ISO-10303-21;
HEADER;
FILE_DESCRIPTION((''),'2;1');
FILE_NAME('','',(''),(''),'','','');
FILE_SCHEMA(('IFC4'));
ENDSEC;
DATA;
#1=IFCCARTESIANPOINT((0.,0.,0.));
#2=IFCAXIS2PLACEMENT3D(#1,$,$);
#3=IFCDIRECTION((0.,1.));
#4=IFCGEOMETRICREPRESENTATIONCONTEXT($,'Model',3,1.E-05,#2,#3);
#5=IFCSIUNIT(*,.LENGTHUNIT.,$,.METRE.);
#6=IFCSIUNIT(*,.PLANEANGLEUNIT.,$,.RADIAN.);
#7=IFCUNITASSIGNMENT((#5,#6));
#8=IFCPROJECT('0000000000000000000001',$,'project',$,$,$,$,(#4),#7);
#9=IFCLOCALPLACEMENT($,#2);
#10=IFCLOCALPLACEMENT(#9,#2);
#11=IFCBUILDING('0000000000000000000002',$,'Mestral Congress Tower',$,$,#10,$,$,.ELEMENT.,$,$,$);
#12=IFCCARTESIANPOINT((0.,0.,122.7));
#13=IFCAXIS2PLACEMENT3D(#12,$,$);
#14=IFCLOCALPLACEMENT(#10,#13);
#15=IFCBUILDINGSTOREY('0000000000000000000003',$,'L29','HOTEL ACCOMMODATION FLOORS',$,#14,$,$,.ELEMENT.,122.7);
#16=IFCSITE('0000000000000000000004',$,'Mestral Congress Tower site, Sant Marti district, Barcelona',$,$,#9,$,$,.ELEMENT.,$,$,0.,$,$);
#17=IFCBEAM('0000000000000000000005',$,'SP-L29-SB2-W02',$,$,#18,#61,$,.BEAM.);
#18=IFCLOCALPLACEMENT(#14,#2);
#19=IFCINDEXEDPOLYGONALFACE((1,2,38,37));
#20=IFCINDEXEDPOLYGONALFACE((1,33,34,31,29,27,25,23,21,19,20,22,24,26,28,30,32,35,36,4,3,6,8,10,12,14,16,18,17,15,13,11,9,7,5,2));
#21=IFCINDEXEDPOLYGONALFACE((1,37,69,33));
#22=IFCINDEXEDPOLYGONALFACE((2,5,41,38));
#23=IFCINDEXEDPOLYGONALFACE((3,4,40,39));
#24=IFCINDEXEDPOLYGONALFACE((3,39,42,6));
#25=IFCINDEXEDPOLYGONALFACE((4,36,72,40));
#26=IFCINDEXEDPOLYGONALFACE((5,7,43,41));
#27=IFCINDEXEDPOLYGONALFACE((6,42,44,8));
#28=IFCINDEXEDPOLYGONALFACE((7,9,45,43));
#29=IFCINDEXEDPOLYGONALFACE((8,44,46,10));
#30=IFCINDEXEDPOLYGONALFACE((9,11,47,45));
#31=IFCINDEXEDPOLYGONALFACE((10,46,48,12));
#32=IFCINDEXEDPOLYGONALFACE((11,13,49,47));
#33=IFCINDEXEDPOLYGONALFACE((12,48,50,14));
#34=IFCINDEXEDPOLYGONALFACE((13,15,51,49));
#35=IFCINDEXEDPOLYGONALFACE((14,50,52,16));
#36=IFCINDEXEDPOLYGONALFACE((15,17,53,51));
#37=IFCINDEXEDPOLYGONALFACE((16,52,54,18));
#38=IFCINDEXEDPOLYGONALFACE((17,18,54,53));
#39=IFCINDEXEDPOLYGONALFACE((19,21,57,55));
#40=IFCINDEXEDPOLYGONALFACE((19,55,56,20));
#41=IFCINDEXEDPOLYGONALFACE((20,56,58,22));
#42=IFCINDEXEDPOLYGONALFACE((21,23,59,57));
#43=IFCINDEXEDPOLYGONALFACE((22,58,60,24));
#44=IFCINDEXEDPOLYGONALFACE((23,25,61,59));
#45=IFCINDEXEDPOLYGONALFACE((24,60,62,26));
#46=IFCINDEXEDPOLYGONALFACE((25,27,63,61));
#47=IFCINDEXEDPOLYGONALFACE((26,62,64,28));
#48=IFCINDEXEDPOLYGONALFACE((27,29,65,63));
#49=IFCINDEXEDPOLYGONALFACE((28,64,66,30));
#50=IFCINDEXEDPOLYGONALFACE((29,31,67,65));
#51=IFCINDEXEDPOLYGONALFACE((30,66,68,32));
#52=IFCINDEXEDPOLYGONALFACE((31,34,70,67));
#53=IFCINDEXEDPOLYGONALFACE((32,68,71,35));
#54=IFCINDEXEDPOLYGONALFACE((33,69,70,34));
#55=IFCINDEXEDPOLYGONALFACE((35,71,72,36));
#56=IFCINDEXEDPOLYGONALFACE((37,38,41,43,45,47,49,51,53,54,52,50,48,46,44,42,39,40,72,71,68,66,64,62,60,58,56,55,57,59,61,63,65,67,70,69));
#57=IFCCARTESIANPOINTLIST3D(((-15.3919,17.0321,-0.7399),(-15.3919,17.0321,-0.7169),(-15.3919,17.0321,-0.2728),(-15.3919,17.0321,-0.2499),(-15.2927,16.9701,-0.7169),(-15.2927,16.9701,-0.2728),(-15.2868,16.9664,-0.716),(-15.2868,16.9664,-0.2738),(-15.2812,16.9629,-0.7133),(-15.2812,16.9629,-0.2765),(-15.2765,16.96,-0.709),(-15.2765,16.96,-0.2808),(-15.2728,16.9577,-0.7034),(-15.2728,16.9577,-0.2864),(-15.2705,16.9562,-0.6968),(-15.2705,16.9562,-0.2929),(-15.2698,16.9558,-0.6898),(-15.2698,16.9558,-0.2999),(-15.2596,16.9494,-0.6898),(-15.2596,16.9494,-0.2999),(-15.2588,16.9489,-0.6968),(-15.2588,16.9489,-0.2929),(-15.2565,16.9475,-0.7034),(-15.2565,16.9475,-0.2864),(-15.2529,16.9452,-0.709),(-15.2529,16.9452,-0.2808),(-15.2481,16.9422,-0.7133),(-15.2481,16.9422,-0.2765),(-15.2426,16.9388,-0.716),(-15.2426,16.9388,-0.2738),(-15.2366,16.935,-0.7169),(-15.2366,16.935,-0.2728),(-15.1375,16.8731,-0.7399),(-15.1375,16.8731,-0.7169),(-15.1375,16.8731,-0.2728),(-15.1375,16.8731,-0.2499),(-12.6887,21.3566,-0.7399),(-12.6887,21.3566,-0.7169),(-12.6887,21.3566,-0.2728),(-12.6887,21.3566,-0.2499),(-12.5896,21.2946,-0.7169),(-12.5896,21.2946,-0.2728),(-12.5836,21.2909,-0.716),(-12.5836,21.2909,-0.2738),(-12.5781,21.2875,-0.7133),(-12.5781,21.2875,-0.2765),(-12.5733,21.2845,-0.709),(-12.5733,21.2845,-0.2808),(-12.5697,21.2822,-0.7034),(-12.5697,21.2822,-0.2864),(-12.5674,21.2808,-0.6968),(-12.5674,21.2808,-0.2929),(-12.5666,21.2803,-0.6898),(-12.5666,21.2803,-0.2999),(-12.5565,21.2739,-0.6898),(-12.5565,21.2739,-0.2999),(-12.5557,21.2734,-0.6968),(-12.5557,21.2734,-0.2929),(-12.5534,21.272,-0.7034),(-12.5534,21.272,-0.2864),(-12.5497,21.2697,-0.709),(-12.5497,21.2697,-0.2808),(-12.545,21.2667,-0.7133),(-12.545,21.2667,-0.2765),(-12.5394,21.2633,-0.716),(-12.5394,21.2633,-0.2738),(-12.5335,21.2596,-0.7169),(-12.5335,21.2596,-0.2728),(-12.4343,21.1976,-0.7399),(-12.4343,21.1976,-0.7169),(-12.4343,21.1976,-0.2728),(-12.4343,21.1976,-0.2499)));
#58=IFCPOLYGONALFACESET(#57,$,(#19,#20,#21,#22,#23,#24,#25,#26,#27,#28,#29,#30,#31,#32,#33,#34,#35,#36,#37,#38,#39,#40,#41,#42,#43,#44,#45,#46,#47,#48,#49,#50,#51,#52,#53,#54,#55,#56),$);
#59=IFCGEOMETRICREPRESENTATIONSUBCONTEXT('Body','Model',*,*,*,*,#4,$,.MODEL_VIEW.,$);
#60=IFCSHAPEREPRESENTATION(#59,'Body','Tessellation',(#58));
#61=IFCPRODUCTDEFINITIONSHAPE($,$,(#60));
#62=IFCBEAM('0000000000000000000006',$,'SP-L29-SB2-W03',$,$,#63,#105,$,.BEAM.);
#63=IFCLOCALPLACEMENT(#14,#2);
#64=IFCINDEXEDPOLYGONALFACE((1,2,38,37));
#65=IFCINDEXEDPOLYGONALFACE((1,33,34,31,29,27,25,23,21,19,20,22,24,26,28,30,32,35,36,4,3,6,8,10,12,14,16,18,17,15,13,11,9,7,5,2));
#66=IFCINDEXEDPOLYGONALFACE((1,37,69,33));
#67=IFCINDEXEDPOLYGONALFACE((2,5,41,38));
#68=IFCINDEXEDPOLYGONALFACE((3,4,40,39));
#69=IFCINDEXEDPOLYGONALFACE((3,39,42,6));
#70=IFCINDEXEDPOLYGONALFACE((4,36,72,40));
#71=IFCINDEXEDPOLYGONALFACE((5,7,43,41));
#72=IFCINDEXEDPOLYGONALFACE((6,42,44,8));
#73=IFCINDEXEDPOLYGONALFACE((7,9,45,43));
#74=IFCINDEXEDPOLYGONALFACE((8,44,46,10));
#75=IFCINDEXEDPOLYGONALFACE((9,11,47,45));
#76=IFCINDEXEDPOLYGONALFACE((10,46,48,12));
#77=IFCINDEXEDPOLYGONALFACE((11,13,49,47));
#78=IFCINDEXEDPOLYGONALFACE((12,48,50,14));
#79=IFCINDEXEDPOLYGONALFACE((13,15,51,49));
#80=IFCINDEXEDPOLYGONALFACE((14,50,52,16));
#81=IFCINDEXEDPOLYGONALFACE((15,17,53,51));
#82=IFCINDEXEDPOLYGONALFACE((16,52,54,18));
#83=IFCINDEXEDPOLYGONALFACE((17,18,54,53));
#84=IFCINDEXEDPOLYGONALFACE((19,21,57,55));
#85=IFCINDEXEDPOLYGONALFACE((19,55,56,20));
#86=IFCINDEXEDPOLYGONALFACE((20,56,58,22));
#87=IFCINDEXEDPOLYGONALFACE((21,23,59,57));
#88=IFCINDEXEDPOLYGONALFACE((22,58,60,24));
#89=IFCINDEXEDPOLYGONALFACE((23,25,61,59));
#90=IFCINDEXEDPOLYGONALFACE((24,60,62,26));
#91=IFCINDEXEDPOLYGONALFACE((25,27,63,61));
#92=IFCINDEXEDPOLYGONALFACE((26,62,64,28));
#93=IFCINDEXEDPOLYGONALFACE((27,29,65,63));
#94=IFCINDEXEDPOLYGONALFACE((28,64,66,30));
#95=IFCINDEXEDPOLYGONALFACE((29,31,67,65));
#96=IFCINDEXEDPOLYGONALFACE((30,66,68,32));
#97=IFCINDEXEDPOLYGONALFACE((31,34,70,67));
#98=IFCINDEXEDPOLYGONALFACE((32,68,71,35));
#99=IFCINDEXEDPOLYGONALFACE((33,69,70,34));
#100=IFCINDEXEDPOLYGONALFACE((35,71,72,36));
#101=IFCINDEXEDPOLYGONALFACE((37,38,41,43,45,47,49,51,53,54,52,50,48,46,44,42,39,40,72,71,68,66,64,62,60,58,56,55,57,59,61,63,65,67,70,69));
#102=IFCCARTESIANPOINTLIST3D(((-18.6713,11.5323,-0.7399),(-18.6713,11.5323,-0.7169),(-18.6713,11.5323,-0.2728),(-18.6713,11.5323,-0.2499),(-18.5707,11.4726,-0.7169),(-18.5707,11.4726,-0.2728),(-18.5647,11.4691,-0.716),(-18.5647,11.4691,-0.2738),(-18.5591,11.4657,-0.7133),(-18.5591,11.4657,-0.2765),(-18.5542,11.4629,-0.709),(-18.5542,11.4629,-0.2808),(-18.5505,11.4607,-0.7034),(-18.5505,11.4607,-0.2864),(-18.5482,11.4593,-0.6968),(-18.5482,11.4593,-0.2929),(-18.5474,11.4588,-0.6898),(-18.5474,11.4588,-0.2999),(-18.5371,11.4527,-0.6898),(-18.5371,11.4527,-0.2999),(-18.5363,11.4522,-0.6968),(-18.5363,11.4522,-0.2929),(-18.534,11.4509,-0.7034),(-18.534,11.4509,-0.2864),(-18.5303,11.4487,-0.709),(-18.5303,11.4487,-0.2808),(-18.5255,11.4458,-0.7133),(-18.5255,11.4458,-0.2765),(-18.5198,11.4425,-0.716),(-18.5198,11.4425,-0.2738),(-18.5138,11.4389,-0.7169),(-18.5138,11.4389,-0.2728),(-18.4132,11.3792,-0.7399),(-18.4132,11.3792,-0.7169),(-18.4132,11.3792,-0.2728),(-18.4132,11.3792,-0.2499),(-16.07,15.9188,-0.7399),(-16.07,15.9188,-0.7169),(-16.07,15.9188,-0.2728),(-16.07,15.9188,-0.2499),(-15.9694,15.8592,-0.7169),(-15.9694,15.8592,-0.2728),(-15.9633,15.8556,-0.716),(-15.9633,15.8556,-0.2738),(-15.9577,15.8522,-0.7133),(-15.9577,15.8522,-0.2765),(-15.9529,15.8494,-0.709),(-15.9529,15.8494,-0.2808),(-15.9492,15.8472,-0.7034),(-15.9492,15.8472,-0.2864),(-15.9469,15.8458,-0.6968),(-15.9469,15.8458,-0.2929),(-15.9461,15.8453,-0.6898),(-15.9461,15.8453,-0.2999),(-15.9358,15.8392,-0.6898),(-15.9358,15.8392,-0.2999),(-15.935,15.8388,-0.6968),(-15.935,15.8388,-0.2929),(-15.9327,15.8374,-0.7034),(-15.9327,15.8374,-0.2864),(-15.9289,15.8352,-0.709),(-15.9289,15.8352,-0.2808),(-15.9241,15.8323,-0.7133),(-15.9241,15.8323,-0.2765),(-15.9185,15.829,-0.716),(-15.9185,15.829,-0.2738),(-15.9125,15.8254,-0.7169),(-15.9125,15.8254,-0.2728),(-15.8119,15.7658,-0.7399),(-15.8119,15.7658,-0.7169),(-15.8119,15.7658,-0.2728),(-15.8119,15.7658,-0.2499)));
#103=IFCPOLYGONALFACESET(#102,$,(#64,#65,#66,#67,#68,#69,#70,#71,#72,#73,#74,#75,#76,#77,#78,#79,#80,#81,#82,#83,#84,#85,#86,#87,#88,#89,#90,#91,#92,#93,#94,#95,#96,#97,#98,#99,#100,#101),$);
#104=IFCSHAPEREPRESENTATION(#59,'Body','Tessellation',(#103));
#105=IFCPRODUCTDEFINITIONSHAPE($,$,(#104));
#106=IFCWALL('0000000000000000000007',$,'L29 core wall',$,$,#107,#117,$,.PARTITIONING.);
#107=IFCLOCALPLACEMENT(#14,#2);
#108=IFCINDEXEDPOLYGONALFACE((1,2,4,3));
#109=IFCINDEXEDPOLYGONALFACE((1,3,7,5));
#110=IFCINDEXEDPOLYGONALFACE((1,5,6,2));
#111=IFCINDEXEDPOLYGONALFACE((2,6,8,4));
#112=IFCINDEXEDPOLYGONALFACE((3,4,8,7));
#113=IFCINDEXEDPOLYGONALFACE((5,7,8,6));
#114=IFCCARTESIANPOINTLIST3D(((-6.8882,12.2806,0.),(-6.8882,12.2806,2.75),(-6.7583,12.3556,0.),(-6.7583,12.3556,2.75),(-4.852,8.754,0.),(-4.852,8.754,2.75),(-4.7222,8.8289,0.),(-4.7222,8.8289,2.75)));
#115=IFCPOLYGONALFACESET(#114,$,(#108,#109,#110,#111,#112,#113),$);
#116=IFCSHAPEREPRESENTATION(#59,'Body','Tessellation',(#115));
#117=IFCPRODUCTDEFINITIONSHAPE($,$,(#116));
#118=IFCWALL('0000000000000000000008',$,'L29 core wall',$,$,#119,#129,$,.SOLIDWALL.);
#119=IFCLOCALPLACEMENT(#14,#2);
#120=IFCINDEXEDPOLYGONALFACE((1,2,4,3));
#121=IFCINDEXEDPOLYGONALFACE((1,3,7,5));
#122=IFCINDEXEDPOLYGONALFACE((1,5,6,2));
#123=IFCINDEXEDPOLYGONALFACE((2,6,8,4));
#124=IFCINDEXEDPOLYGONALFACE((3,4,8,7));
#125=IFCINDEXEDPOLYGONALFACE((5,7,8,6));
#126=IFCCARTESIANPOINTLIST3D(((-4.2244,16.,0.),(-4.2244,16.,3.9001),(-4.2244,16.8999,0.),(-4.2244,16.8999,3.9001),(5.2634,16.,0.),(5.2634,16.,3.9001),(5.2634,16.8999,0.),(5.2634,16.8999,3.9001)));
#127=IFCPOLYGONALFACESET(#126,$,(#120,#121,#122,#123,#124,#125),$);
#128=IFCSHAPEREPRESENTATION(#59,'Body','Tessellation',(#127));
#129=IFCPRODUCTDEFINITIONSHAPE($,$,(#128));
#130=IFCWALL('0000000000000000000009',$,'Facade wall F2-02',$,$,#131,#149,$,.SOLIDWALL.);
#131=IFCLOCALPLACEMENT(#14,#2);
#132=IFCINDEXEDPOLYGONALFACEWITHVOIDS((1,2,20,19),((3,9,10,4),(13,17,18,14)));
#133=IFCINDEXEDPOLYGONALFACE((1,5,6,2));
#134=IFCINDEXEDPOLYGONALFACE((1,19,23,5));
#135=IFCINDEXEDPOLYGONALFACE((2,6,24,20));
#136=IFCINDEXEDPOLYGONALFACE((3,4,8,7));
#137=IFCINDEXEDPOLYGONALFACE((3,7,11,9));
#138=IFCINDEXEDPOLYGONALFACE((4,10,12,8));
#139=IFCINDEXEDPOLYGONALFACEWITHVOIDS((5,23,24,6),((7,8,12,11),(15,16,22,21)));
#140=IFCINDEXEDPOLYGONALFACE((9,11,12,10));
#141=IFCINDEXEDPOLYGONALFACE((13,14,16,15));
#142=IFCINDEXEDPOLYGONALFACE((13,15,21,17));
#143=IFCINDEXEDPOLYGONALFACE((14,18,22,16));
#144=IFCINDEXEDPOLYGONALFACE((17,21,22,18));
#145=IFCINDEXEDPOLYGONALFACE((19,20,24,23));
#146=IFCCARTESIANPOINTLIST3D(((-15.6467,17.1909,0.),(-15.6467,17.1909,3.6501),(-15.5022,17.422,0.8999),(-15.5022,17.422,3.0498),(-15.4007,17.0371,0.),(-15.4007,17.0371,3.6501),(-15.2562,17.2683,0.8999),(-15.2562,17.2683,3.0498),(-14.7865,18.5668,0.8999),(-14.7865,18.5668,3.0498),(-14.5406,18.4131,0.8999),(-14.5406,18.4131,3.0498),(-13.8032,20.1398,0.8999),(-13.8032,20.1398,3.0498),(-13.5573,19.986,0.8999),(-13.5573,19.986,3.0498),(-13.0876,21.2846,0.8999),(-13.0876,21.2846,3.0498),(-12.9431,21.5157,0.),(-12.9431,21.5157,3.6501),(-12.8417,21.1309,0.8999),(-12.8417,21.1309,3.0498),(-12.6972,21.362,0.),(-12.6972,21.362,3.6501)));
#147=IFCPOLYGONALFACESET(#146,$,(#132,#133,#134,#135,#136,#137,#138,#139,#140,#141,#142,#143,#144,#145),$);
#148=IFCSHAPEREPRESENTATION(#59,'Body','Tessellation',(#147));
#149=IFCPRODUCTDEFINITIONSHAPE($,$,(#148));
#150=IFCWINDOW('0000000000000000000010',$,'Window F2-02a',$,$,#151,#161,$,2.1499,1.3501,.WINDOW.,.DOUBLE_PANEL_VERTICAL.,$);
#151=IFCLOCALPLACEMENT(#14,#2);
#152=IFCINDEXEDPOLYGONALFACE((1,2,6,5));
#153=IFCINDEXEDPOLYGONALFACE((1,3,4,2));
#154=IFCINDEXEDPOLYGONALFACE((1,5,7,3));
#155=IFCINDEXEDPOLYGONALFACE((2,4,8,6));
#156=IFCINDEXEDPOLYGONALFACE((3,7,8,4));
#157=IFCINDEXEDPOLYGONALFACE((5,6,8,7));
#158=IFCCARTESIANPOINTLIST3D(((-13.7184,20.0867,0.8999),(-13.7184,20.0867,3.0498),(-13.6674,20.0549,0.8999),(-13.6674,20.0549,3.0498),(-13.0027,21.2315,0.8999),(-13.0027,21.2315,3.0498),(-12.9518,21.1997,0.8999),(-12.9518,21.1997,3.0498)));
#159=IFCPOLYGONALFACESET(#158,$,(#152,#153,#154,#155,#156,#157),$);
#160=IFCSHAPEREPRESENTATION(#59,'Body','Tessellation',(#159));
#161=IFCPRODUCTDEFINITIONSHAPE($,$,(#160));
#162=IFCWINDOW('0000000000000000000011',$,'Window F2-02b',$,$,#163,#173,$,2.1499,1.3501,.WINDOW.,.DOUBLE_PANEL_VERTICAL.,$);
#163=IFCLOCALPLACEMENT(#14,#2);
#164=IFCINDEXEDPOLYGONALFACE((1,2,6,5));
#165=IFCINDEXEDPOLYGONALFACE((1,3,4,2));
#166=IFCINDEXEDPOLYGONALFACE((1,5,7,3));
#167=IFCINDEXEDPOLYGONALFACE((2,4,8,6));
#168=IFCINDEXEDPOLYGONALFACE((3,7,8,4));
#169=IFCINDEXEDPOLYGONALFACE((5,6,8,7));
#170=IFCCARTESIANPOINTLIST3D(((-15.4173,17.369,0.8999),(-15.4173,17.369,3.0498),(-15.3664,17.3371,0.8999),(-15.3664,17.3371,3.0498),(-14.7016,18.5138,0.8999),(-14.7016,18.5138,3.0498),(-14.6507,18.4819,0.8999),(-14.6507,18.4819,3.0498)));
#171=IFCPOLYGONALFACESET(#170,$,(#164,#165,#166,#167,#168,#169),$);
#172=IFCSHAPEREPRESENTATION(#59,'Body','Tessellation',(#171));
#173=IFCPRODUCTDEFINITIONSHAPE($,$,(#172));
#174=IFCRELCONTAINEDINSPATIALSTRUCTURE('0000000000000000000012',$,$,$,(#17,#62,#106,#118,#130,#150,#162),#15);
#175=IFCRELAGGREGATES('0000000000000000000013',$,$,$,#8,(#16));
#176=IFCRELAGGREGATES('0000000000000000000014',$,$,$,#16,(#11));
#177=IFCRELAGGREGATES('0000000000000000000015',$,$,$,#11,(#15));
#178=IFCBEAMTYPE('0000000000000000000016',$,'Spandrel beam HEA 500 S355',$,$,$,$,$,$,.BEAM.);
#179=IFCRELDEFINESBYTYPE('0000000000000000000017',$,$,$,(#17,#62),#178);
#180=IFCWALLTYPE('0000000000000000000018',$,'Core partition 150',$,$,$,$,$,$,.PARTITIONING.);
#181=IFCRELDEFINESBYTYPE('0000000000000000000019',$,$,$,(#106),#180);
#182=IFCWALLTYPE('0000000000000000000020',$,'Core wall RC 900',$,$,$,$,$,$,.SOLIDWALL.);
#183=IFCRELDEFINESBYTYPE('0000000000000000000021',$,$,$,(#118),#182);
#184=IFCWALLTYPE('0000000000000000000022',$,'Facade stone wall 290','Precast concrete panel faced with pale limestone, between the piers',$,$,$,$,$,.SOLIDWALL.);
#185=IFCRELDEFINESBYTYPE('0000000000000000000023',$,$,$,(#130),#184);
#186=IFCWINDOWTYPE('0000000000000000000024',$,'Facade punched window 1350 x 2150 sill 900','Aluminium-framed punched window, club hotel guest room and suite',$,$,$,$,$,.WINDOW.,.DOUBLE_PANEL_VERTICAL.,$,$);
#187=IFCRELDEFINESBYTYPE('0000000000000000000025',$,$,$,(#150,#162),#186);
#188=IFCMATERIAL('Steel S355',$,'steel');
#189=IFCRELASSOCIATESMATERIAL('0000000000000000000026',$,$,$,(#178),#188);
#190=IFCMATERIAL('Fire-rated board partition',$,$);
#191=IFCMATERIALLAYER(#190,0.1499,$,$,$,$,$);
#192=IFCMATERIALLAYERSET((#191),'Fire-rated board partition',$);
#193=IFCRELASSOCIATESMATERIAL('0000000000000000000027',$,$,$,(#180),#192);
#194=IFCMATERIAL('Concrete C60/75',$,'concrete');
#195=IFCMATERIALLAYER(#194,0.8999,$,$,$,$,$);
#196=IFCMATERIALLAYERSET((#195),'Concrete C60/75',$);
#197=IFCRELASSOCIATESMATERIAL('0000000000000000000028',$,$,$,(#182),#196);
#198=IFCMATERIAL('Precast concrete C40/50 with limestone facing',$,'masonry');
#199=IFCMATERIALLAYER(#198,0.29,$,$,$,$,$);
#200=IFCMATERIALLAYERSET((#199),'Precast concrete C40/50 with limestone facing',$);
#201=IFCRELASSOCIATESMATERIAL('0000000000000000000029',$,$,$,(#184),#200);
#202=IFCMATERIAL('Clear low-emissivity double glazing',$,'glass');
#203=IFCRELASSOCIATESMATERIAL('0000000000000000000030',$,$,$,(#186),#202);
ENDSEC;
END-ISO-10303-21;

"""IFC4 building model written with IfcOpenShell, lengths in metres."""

from ifc_helpers import new_model, si_unit, direction, frame, frame_2d, origin, origin_2d, place, context, subcontext, project, spatial, rectangle, i_section, extrude, material, layer, layer_set, material_profile, profile_set, type_object, element, fill, save


model = new_model("IFC4")

# Units and contexts
model_context = context("Model", 3, precision=1e-05, world=origin(), true_north=direction((0.0, 1.0)))
body_context = subcontext(model_context, "Body", "Model", "MODEL_VIEW")
ifc_project = project(units=[si_unit("LENGTHUNIT", "METRE"), si_unit("PLANEANGLEUNIT", "RADIAN")], contexts=[model_context])

# Site, building, storey
site_placement = place(None, origin())
site = spatial("IfcSite", under=ifc_project, at=site_placement, Name="Mestral Congress Tower site, Sant Marti district, Barcelona", CompositionType="ELEMENT", RefElevation=0.0)
building_placement = place(site_placement, origin())
building = spatial("IfcBuilding", under=site, at=building_placement, Name="Mestral Congress Tower", CompositionType="ELEMENT")
storey_placement = place(building_placement, frame((0.0, 0.0, 122.7)))
storey = spatial("IfcBuildingStorey", under=building, at=storey_placement, Name="L29", Description="HOTEL ACCOMMODATION FLOORS", CompositionType="ELEMENT", Elevation=122.7)

# Beams
ifc_material_1 = material(Name="Steel S355", Category="steel")
ifc_material_profile_1 = material_profile(ifc_material_1, i_section(OverallWidth=0.3, OverallDepth=0.49, WebThickness=0.012, FlangeThickness=0.0229, FilletRadius=0.0271, at=origin_2d()), Name="HEA 500")
ifc_profile_set_1 = profile_set([ifc_material_profile_1], Name="Steel S355")
beam_type_1 = type_object("IfcBeamType", Name="Spandrel beam HEA 500 S355", PredefinedType="BEAM", material=ifc_profile_set_1)
for number, where, z_axis, x_axis, name in (
    (1, (-12.5615, 21.2771, -0.4949), (-0.530046, -0.847969, 0.0), (0.847969, -0.530046, 0.0), "SP-L29-SB2-W02"),
    (2, (-15.9409, 15.8423, -0.4949), (-0.510082, -0.860126, 0.0), (0.860126, -0.510082, 0.0), "SP-L29-SB2-W03"),
):
    element("IfcBeam", number, at=place(storey_placement, frame(where, z_axis=z_axis, x_axis=x_axis)), inside=storey, type_object=beam_type_1, Name=name, PredefinedType="BEAM", context=body_context, shape_type="SweptSolid", body=[
        extrude(i_section(OverallWidth=0.3, OverallDepth=0.49, WebThickness=0.012, FlangeThickness=0.0229, FilletRadius=0.0271, at=origin_2d()), origin(), (0.0, 0.0, 1.0), 5.0999),
    ])

# Walls
ifc_material_2 = material(Name="Fire-rated board partition")
ifc_layer_1 = layer(ifc_material_2, 0.1499)
ifc_layer_set_1 = layer_set([ifc_layer_1], Name="Fire-rated board partition")
wall_type_1 = type_object("IfcWallType", Name="Core partition 150", PredefinedType="PARTITIONING", material=ifc_layer_set_1)
wall_1_placement = place(storey_placement, frame((-6.8232, 12.3181, 0.0), z_axis=(0.0, 0.0, 1.0), x_axis=(0.500008, -0.866021, 0.0)))
element("IfcWall", 3, at=wall_1_placement, inside=storey, type_object=wall_type_1, Name="L29 core wall", PredefinedType="PARTITIONING", context=body_context, shape_type="SweptSolid", body=[
    extrude(rectangle(XDim=4.0723, YDim=0.1499, at=frame_2d((2.0361, 0.0))), origin(), (0.0, 0.0, 1.0), 2.75),
])
ifc_material_3 = material(Name="Concrete C60/75", Category="concrete")
ifc_layer_2 = layer(ifc_material_3, 0.8999)
ifc_layer_set_2 = layer_set([ifc_layer_2], Name="Concrete C60/75")
wall_type_2 = type_object("IfcWallType", Name="Core wall RC 900", PredefinedType="SOLIDWALL", material=ifc_layer_set_2)
wall_2_placement = place(storey_placement, frame((-4.2244, 16.45, 0.0), z_axis=(0.0, 0.0, 1.0), x_axis=(1.0, 0.0, 0.0)))
element("IfcWall", 4, at=wall_2_placement, inside=storey, type_object=wall_type_2, Name="L29 core wall", PredefinedType="SOLIDWALL", context=body_context, shape_type="SweptSolid", body=[
    extrude(rectangle(XDim=9.4878, YDim=0.8999, at=frame_2d((4.7439, 0.0))), origin(), (0.0, 0.0, 1.0), 3.9001),
])

# Wall, openings, windows
ifc_material_4 = material(Name="Precast concrete C40/50 with limestone facing", Category="masonry")
ifc_layer_3 = layer(ifc_material_4, 0.29)
ifc_layer_set_3 = layer_set([ifc_layer_3], Name="Precast concrete C40/50 with limestone facing")
wall_type_3 = type_object("IfcWallType", Name="Facade stone wall 290", Description="Precast concrete panel faced with pale limestone, between the piers", PredefinedType="SOLIDWALL", material=ifc_layer_set_3)
wall_3_placement = place(storey_placement, frame((-12.8201, 21.439, 0.0), z_axis=(0.0, 0.0, 1.0), x_axis=(-0.530072, -0.847953, 0.0)))
wall_3 = element("IfcWall", 5, at=wall_3_placement, inside=storey, type_object=wall_type_3, Name="Facade wall F2-02", PredefinedType="SOLIDWALL", context=body_context, shape_type="SweptSolid", body=[
    extrude(rectangle(XDim=5.1003, YDim=0.29, at=frame_2d((2.5503, 0.0))), origin(), (0.0, 0.0, 1.0), 3.6501),
])
opening_1_placement = place(wall_3_placement, frame((0.2727, 0.0, 0.8999)))
opening_1 = element("IfcOpeningElement", 6, at=opening_1_placement, cuts=wall_3, PredefinedType="OPENING", context=body_context, shape_type="SweptSolid", body=[
    extrude(rectangle(XDim=1.3501, YDim=2.1499, at=frame_2d((0.675, 1.075))), frame((0.0, 0.155, 0.0), z_axis=(0.0, -1.0, 0.0), x_axis=(1.0, 0.0, 0.0)), (0.0, 0.0, 1.0), 0.3101),
])
opening_2_placement = place(wall_3_placement, frame((3.4778, 0.0, 0.8999)))
opening_2 = element("IfcOpeningElement", 7, at=opening_2_placement, cuts=wall_3, PredefinedType="OPENING", context=body_context, shape_type="SweptSolid", body=[
    extrude(rectangle(XDim=1.3501, YDim=2.1499, at=frame_2d((0.675, 1.075))), frame((0.0, 0.155, 0.0), z_axis=(0.0, -1.0, 0.0), x_axis=(1.0, 0.0, 0.0)), (0.0, 0.0, 1.0), 0.3101),
])
ifc_material_5 = material(Name="Clear low-emissivity double glazing", Category="glass")
window_type = type_object("IfcWindowType", Name="Facade punched window 1350 x 2150 sill 900", Description="Aluminium-framed punched window, club hotel guest room and suite", PartitioningType="DOUBLE_PANEL_VERTICAL", PredefinedType="WINDOW", material=ifc_material_5)
window_1_placement = place(opening_1_placement, origin())
window_1 = element("IfcWindow", 8, at=window_1_placement, inside=storey, type_object=window_type, Name="Window F2-02a", OverallHeight=2.1499, OverallWidth=1.3501, PartitioningType="DOUBLE_PANEL_VERTICAL", PredefinedType="WINDOW", context=body_context, shape_type="SweptSolid", body=[
    extrude(rectangle(XDim=1.3501, YDim=2.1499, at=frame_2d((0.675, 1.075))), frame((0.0, 0.0151, 0.0), z_axis=(0.0, -1.0, 0.0), x_axis=(1.0, 0.0, 0.0)), (0.0, 0.0, 1.0), 0.0601),
])
fill(opening_1, window_1)
window_2_placement = place(opening_2_placement, origin())
window_2 = element("IfcWindow", 9, at=window_2_placement, inside=storey, type_object=window_type, Name="Window F2-02b", OverallHeight=2.1499, OverallWidth=1.3501, PartitioningType="DOUBLE_PANEL_VERTICAL", PredefinedType="WINDOW", context=body_context, shape_type="SweptSolid", body=[
    extrude(rectangle(XDim=1.3501, YDim=2.1499, at=frame_2d((0.675, 1.075))), frame((0.0, 0.0151, 0.0), z_axis=(0.0, -1.0, 0.0), x_axis=(1.0, 0.0, 0.0)), (0.0, 0.0, 1.0), 0.0601),
])
fill(opening_2, window_2)

save(model, "model.ifc")
